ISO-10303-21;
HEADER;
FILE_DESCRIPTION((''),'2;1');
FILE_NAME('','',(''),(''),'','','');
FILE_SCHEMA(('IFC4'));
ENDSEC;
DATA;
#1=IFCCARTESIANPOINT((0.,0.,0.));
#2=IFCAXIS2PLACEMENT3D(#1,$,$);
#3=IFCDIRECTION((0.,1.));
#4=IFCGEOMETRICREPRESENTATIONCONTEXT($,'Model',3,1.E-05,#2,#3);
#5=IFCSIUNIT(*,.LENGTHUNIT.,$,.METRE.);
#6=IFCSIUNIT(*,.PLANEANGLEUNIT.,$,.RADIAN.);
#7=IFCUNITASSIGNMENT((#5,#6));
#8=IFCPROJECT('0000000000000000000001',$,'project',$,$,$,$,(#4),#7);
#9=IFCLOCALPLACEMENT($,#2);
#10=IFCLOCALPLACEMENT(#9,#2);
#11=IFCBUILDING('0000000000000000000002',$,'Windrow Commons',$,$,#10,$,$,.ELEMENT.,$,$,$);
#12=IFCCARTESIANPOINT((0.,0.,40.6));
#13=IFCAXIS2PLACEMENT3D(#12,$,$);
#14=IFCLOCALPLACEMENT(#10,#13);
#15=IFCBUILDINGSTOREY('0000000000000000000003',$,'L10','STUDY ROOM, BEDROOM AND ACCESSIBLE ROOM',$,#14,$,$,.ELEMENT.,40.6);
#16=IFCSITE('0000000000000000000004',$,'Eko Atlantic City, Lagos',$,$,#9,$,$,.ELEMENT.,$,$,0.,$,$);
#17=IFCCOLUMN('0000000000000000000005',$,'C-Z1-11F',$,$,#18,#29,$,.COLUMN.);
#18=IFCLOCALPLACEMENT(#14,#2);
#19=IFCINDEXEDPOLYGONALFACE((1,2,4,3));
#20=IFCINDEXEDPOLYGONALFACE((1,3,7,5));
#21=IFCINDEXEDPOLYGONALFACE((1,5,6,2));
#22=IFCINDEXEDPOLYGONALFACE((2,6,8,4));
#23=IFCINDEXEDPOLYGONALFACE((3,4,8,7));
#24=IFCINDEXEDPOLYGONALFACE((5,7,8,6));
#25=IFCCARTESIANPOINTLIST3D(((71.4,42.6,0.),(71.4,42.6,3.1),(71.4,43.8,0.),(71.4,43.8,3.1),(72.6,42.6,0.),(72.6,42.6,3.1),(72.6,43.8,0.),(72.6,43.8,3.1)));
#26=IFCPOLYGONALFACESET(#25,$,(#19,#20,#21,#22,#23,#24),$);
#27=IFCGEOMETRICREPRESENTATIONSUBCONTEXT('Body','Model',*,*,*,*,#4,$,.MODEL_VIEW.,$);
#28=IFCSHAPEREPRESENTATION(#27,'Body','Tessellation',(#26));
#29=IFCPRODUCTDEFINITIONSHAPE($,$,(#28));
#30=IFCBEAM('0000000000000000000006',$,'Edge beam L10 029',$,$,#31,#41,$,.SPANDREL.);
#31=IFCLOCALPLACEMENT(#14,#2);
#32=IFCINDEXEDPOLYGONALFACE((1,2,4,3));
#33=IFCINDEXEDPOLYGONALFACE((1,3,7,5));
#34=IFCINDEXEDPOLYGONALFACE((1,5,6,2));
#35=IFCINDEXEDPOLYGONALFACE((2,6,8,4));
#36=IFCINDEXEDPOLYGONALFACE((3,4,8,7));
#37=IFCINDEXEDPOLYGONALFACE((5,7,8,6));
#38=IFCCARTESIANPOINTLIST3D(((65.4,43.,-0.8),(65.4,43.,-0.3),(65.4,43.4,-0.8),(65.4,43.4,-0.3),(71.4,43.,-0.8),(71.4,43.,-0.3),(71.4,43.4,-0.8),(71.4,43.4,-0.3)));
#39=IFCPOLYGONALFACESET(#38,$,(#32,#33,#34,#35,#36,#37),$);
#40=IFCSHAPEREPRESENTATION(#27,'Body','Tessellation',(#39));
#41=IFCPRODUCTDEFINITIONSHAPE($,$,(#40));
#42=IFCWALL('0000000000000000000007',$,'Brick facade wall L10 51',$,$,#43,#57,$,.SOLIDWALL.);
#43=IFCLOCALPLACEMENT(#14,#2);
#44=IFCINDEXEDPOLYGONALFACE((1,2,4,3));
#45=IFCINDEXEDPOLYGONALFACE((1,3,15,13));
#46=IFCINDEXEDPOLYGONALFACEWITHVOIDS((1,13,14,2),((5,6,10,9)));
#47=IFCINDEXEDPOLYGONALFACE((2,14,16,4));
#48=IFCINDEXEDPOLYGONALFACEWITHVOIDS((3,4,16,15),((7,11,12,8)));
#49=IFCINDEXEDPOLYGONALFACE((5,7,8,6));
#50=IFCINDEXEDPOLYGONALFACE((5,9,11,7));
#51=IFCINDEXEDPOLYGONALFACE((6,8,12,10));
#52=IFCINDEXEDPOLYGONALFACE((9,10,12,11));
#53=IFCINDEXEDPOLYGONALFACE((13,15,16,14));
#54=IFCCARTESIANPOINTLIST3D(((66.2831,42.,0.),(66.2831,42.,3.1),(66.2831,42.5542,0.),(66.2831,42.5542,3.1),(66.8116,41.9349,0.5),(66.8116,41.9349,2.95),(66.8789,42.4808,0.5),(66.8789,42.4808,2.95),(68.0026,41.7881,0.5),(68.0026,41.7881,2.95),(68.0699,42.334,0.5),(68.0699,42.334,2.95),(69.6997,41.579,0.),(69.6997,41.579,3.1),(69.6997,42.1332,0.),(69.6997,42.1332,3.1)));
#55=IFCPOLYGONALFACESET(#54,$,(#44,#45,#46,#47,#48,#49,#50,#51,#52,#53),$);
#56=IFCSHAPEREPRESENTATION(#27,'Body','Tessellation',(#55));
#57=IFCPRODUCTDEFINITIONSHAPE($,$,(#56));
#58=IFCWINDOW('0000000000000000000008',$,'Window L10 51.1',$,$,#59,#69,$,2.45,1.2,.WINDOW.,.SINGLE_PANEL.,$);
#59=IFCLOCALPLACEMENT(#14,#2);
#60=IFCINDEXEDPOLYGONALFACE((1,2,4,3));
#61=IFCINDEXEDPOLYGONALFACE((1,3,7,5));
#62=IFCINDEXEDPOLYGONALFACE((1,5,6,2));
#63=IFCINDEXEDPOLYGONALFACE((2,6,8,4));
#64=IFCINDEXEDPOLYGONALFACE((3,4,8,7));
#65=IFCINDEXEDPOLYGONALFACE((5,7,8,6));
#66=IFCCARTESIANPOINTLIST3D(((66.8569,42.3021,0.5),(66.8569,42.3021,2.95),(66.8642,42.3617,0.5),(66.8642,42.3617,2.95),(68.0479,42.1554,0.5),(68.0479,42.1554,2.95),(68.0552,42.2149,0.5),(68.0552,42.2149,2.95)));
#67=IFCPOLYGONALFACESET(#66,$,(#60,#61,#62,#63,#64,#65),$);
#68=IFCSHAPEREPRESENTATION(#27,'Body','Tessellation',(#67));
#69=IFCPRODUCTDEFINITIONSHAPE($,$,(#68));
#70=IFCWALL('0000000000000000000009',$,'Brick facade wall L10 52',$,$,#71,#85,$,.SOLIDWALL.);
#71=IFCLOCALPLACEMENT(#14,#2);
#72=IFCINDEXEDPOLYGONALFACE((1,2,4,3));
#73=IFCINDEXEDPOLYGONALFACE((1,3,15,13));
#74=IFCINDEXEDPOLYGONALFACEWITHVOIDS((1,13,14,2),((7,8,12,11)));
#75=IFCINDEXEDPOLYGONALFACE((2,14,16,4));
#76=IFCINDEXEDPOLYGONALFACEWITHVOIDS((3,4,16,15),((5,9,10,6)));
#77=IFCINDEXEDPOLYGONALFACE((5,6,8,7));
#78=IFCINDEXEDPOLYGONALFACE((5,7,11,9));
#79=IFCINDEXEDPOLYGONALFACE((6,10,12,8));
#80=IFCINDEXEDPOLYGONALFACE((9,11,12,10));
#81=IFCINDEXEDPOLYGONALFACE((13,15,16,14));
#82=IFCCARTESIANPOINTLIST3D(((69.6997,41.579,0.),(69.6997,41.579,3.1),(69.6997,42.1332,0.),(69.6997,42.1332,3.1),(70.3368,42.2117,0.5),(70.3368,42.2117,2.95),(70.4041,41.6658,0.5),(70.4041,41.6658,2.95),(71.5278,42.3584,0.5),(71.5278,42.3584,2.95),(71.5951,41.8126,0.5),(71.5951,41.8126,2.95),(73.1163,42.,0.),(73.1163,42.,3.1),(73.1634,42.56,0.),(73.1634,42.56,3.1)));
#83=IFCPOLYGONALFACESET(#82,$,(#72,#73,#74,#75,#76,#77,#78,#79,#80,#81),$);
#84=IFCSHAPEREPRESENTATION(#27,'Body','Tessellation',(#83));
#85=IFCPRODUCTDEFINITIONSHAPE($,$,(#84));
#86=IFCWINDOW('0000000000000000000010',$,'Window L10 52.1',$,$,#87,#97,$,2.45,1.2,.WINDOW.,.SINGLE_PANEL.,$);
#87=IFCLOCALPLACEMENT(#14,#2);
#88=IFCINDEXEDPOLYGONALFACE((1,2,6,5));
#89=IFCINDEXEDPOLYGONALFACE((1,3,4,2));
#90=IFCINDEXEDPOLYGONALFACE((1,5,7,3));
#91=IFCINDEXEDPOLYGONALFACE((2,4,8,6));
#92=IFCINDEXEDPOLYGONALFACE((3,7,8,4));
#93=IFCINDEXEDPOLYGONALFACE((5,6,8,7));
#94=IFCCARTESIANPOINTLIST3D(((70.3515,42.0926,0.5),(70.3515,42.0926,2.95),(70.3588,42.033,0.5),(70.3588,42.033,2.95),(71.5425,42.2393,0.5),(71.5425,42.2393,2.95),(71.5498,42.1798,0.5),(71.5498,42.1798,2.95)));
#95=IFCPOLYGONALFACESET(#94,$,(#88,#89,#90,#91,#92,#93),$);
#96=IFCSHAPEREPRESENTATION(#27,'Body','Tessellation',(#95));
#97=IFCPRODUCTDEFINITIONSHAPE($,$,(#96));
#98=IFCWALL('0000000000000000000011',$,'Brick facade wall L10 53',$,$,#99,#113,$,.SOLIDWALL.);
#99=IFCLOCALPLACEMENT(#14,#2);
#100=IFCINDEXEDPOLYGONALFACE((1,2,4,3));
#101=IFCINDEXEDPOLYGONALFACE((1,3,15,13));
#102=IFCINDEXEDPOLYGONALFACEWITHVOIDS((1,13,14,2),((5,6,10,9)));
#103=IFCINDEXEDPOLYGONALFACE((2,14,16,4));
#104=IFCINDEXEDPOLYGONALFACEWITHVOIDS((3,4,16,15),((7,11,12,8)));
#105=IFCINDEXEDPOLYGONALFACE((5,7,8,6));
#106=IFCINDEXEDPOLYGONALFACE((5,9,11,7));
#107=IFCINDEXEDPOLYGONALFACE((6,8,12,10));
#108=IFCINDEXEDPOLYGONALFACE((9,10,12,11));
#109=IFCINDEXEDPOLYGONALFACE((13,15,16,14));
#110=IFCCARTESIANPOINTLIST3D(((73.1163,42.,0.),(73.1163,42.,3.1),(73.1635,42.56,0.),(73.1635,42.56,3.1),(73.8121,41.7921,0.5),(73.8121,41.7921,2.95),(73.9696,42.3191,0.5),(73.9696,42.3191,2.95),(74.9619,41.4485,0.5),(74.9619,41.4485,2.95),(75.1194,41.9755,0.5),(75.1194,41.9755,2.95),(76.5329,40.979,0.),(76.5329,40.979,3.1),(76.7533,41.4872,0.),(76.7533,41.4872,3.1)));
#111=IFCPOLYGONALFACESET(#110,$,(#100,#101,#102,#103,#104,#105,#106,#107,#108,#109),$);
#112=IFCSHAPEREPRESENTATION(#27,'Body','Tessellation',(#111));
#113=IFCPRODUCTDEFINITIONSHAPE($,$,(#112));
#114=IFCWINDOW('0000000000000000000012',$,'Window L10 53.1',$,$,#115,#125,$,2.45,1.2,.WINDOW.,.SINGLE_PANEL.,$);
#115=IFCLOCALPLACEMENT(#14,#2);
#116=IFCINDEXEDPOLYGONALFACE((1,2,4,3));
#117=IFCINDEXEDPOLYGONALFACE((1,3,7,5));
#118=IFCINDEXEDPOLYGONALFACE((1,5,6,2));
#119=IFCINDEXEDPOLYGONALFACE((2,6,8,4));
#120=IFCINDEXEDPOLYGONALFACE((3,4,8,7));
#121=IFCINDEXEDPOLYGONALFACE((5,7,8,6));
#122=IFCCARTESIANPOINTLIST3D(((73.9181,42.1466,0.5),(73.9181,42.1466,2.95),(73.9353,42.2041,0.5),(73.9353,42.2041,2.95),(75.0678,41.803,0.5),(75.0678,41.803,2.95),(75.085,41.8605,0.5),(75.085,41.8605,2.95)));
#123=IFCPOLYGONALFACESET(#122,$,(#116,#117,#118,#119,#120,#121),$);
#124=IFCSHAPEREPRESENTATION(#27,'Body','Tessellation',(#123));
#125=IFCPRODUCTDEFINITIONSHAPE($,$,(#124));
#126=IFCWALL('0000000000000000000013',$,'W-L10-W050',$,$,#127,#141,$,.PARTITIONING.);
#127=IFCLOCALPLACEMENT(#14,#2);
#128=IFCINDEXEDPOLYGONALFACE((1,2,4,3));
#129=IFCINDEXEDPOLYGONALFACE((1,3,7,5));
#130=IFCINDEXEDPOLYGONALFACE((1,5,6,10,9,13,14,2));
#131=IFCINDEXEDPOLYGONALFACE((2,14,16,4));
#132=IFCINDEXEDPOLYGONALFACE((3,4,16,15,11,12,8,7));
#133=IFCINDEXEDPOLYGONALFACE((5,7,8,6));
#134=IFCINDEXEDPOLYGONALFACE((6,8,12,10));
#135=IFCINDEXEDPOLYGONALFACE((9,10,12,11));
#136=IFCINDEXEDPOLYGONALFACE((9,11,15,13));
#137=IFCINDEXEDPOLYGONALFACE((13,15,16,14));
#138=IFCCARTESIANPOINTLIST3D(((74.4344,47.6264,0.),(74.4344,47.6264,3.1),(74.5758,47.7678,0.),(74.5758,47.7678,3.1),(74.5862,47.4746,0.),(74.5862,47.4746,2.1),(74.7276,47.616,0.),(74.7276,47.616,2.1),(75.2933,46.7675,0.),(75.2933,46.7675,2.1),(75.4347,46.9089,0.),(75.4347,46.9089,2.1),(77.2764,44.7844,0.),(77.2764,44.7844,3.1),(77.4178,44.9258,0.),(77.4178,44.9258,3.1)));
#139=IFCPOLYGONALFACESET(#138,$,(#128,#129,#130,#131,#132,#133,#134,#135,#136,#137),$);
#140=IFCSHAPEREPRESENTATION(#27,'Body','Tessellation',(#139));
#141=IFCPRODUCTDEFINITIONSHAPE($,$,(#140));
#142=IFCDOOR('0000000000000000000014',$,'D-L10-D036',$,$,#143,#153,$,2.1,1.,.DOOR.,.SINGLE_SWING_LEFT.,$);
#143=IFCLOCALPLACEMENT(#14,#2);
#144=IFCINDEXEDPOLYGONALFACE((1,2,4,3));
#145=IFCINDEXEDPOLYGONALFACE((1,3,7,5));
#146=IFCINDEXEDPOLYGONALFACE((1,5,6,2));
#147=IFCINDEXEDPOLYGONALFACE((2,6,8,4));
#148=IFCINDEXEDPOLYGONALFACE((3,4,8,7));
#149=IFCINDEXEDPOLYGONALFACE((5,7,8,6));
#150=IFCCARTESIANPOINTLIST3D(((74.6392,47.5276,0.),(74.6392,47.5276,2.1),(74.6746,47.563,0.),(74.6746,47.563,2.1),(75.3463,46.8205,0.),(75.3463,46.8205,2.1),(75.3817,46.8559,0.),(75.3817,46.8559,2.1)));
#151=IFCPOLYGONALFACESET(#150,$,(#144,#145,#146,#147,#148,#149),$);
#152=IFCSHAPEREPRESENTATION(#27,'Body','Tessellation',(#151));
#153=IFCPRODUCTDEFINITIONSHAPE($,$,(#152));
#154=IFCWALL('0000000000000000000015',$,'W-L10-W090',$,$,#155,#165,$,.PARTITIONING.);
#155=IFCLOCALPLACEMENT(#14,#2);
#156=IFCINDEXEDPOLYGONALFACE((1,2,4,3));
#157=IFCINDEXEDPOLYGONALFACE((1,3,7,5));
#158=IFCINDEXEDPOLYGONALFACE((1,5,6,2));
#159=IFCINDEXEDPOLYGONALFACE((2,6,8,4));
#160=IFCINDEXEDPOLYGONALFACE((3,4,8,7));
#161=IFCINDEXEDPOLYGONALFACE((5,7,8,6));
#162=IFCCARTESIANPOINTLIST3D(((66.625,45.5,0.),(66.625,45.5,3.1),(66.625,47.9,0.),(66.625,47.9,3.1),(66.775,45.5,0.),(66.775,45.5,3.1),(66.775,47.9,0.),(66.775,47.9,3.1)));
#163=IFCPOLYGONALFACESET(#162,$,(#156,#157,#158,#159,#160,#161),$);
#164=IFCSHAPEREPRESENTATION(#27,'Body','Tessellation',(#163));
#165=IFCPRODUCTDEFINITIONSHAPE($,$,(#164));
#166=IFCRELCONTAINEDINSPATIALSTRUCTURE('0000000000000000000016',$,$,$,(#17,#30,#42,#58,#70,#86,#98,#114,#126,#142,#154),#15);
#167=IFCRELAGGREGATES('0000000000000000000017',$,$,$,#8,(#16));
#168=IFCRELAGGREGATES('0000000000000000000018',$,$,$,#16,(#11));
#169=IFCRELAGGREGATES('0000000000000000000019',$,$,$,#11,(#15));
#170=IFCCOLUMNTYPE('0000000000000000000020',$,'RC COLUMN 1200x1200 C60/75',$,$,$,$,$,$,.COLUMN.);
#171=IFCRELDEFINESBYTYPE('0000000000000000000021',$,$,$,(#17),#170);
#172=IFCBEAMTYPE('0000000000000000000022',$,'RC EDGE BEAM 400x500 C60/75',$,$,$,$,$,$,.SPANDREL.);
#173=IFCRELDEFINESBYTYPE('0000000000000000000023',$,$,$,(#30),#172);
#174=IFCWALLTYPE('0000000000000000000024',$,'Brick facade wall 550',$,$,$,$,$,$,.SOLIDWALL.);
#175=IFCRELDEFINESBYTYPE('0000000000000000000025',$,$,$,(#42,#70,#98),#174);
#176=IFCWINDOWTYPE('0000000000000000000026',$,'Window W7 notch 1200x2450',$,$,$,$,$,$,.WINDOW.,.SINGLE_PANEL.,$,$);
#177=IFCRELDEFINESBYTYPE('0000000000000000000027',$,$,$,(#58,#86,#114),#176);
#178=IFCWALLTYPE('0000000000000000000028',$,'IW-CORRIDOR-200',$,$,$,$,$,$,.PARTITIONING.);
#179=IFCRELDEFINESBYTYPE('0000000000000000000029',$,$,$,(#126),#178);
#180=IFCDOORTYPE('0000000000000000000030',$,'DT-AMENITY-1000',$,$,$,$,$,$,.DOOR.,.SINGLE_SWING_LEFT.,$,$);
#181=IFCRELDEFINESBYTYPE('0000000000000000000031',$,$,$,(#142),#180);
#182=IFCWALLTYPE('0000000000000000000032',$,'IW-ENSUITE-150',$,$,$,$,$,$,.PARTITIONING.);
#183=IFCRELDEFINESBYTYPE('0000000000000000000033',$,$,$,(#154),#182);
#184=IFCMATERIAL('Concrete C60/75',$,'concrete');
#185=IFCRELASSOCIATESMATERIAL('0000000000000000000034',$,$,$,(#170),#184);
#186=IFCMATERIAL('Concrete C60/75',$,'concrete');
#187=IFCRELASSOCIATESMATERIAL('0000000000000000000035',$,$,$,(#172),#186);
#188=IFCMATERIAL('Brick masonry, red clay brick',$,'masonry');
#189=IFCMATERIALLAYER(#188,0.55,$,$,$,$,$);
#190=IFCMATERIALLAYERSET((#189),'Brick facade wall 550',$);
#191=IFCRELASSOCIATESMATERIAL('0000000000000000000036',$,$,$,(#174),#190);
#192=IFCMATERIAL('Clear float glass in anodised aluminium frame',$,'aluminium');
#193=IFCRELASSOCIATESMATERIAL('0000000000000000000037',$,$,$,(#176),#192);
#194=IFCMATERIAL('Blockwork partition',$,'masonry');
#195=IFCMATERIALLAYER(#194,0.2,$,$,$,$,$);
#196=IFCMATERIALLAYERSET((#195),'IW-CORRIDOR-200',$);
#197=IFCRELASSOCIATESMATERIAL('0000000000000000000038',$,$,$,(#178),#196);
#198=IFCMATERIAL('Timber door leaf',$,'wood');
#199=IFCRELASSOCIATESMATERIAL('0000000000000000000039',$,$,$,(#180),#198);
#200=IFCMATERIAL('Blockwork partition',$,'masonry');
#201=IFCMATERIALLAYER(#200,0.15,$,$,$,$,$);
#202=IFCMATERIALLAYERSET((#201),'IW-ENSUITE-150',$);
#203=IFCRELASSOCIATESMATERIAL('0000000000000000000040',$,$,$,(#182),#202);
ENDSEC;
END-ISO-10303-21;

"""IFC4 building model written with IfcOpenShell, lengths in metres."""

from ifc_helpers import new_model, si_unit, direction, frame, frame_2d, origin, origin_2d, place, context, subcontext, project, spatial, polyline, rectangle, outline, extrude, material, layer, layer_set, material_profile, profile_set, type_object, element, fill, save


model = new_model("IFC4")

# Units and contexts
model_context = context("Model", 3, precision=1e-05, world=origin(), true_north=direction((0.0, 1.0)))
body_context = subcontext(model_context, "Body", "Model", "MODEL_VIEW")
ifc_project = project(units=[si_unit("LENGTHUNIT", "METRE"), si_unit("PLANEANGLEUNIT", "RADIAN")], contexts=[model_context])

# Site, building, storey
site_placement = place(None, origin())
site = spatial("IfcSite", under=ifc_project, at=site_placement, Name="Eko Atlantic City, Lagos", CompositionType="ELEMENT", RefElevation=0.0)
building_placement = place(site_placement, origin())
building = spatial("IfcBuilding", under=site, at=building_placement, Name="Windrow Commons", CompositionType="ELEMENT")
storey_placement = place(building_placement, frame((0.0, 0.0, 40.6)))
storey = spatial("IfcBuildingStorey", under=building, at=storey_placement, Name="L10", Description="STUDY ROOM, BEDROOM AND ACCESSIBLE ROOM", CompositionType="ELEMENT", Elevation=40.6)

# Column
ifc_material_1 = material(Name="Concrete C60/75", Category="concrete")
ifc_material_profile_1 = material_profile(ifc_material_1, rectangle(XDim=1.2, YDim=1.2, at=origin_2d()))
ifc_profile_set_1 = profile_set([ifc_material_profile_1], Name="Concrete C60/75")
column_type = type_object("IfcColumnType", Name="RC COLUMN 1200x1200 C60/75", PredefinedType="COLUMN", material=ifc_profile_set_1)
column_placement = place(storey_placement, frame((72.0, 43.2, 0.0), z_axis=(0.0, 0.0, 1.0), x_axis=(1.0, 0.0, 0.0)))
element("IfcColumn", 1, at=column_placement, inside=storey, type_object=column_type, Name="C-Z1-11F", PredefinedType="COLUMN", context=body_context, shape_type="SweptSolid", body=[
    extrude(rectangle(XDim=1.2, YDim=1.2, at=origin_2d()), origin(), (0.0, 0.0, 1.0), 3.1),
])

# Beam
ifc_material_2 = material(Name="Concrete C60/75", Category="concrete")
ifc_material_profile_2 = material_profile(ifc_material_2, rectangle(XDim=0.4, YDim=0.5, at=origin_2d()))
ifc_profile_set_2 = profile_set([ifc_material_profile_2], Name="Concrete C60/75")
beam_type = type_object("IfcBeamType", Name="RC EDGE BEAM 400x500 C60/75", PredefinedType="SPANDREL", material=ifc_profile_set_2)
beam_placement = place(storey_placement, frame((71.4, 43.2, -0.55), z_axis=(-1.0, 0.0, 0.0), x_axis=(0.0, -1.0, 0.0)))
element("IfcBeam", 2, at=beam_placement, inside=storey, type_object=beam_type, Name="Edge beam L10 029", PredefinedType="SPANDREL", context=body_context, shape_type="SweptSolid", body=[
    extrude(rectangle(XDim=0.4, YDim=0.5, at=origin_2d()), origin(), (0.0, 0.0, 1.0), 6.0),
])

# Walls, openings, windows
ifc_material_3 = material(Name="Brick masonry, red clay brick", Category="masonry")
ifc_layer_1 = layer(ifc_material_3, 0.55)
ifc_layer_set_1 = layer_set([ifc_layer_1], Name="Brick facade wall 550")
wall_type_1 = type_object("IfcWallType", Name="Brick facade wall 550", PredefinedType="SOLIDWALL", material=ifc_layer_set_1)
wall_1_placement = place(storey_placement, frame((66.2831, 42.2771, 0.0), z_axis=(0.0, 0.0, 1.0), x_axis=(0.992494, -0.122297, 0.0)))
wall_1 = element("IfcWall", 3, at=wall_1_placement, inside=storey, type_object=wall_type_1, Name="Brick facade wall L10 51", PredefinedType="SOLIDWALL", context=body_context, shape_type="SweptSolid", body=[
    extrude(outline(polyline([(0.0339, -0.275), (3.4763, -0.275), (3.4086, 0.275), (-0.0339, 0.275), (0.0339, -0.275)])), origin(), (0.0, 0.0, 1.0), 3.1),
])
opening_1_placement = place(wall_1_placement, frame((0.5664, 0.0, 0.5)))
opening_1 = element("IfcOpeningElement", 4, at=opening_1_placement, cuts=wall_1, PredefinedType="OPENING", context=body_context, shape_type="SweptSolid", body=[
    extrude(rectangle(XDim=1.2, YDim=2.45, at=frame_2d((0.6, 1.225))), frame((0.0, 0.285, 0.0), z_axis=(0.0, -1.0, 0.0), x_axis=(1.0, 0.0, 0.0)), (0.0, 0.0, 1.0), 0.57),
])
ifc_material_4 = material(Name="Clear float glass in anodised aluminium frame", Category="aluminium")
window_type = type_object("IfcWindowType", Name="Window W7 notch 1200x2450", PartitioningType="SINGLE_PANEL", PredefinedType="WINDOW", material=ifc_material_4)
window_1_placement = place(opening_1_placement, origin())
window_1 = element("IfcWindow", 5, at=window_1_placement, inside=storey, type_object=window_type, Name="Window L10 51.1", OverallHeight=2.45, OverallWidth=1.2, PartitioningType="SINGLE_PANEL", PredefinedType="WINDOW", context=body_context, shape_type="SweptSolid", body=[
    extrude(rectangle(XDim=1.2, YDim=2.45, at=frame_2d((0.6, 1.225))), frame((0.0, 0.155, 0.0), z_axis=(0.0, -1.0, 0.0), x_axis=(1.0, 0.0, 0.0)), (0.0, 0.0, 1.0), 0.06),
])
fill(opening_1, window_1)
wall_2_placement = place(storey_placement, frame((69.6997, 41.8561, 0.0), z_axis=(0.0, 0.0, 1.0), x_axis=(0.992494, 0.122295, 0.0)))
wall_2 = element("IfcWall", 6, at=wall_2_placement, inside=storey, type_object=wall_type_1, Name="Brick facade wall L10 52", PredefinedType="SOLIDWALL", context=body_context, shape_type="SweptSolid", body=[
    extrude(outline(polyline([(-0.0339, -0.275), (3.4086, -0.275), (3.5238, 0.275), (0.0339, 0.275), (-0.0339, -0.275)])), origin(), (0.0, 0.0, 1.0), 3.1),
])
opening_2_placement = place(wall_2_placement, frame((0.6758, 0.0, 0.5)))
opening_2 = element("IfcOpeningElement", 7, at=opening_2_placement, cuts=wall_2, PredefinedType="OPENING", context=body_context, shape_type="SweptSolid", body=[
    extrude(rectangle(XDim=1.2, YDim=2.45, at=frame_2d((0.6, 1.225))), frame((0.0, 0.285, 0.0), z_axis=(0.0, -1.0, 0.0), x_axis=(1.0, 0.0, 0.0)), (0.0, 0.0, 1.0), 0.57),
])
window_2_placement = place(opening_2_placement, origin())
window_2 = element("IfcWindow", 8, at=window_2_placement, inside=storey, type_object=window_type, Name="Window L10 52.1", OverallHeight=2.45, OverallWidth=1.2, PartitioningType="SINGLE_PANEL", PredefinedType="WINDOW", context=body_context, shape_type="SweptSolid", body=[
    extrude(rectangle(XDim=1.2, YDim=2.45, at=frame_2d((0.6, 1.225))), frame((0.0, 0.155, 0.0), z_axis=(0.0, -1.0, 0.0), x_axis=(1.0, 0.0, 0.0)), (0.0, 0.0, 1.0), 0.06),
])
fill(opening_2, window_2)
wall_3_placement = place(storey_placement, frame((73.1399, 42.28, 0.0), z_axis=(0.0, 0.0, 1.0), x_axis=(0.958131, -0.286329, 0.0)))
wall_3 = element("IfcWall", 9, at=wall_3_placement, inside=storey, type_object=wall_type_1, Name="Brick facade wall L10 53", PredefinedType="SOLIDWALL", context=body_context, shape_type="SweptSolid", body=[
    extrude(outline(polyline([(0.0576, -0.275), (3.6235, -0.275), (3.6891, 0.275), (-0.0576, 0.275), (0.0576, -0.275)])), origin(), (0.0, 0.0, 1.0), 3.1),
])
opening_3_placement = place(wall_3_placement, frame((0.7838, 0.0, 0.5)))
opening_3 = element("IfcOpeningElement", 10, at=opening_3_placement, cuts=wall_3, PredefinedType="OPENING", context=body_context, shape_type="SweptSolid", body=[
    extrude(rectangle(XDim=1.2, YDim=2.45, at=frame_2d((0.6, 1.225))), frame((0.0, 0.285, 0.0), z_axis=(0.0, -1.0, 0.0), x_axis=(1.0, 0.0, 0.0)), (0.0, 0.0, 1.0), 0.57),
])
window_3_placement = place(opening_3_placement, origin())
window_3 = element("IfcWindow", 11, at=window_3_placement, inside=storey, type_object=window_type, Name="Window L10 53.1", OverallHeight=2.45, OverallWidth=1.2, PartitioningType="SINGLE_PANEL", PredefinedType="WINDOW", context=body_context, shape_type="SweptSolid", body=[
    extrude(rectangle(XDim=1.2, YDim=2.45, at=frame_2d((0.6, 1.225))), frame((0.0, 0.155, 0.0), z_axis=(0.0, -1.0, 0.0), x_axis=(1.0, 0.0, 0.0)), (0.0, 0.0, 1.0), 0.06),
])
fill(opening_3, window_3)

# Wall, opening, door
ifc_material_5 = material(Name="Blockwork partition", Category="masonry")
ifc_layer_2 = layer(ifc_material_5, 0.2)
ifc_layer_set_2 = layer_set([ifc_layer_2], Name="IW-CORRIDOR-200")
wall_type_2 = type_object("IfcWallType", Name="IW-CORRIDOR-200", PredefinedType="PARTITIONING", material=ifc_layer_set_2)
wall_4_placement = place(storey_placement, frame((74.5051, 47.6971, 0.0), z_axis=(0.0, 0.0, 1.0), x_axis=(0.707107, -0.707107, 0.0)))
wall_4 = element("IfcWall", 12, at=wall_4_placement, inside=storey, type_object=wall_type_2, Name="W-L10-W050", PredefinedType="PARTITIONING", context=body_context, shape_type="SweptSolid", body=[
    extrude(rectangle(XDim=4.0192, YDim=0.2, at=frame_2d((2.0096, 0.0))), origin(), (0.0, 0.0, 1.0), 3.1),
])
opening_4_placement = place(wall_4_placement, frame((0.2147, 0.0, 0.0)))
opening_4 = element("IfcOpeningElement", 13, at=opening_4_placement, cuts=wall_4, PredefinedType="OPENING", context=body_context, shape_type="SweptSolid", body=[
    extrude(rectangle(XDim=1.0, YDim=2.1, at=frame_2d((0.5, 1.05))), frame((0.0, 0.11, 0.0), z_axis=(0.0, -1.0, 0.0), x_axis=(1.0, 0.0, 0.0)), (0.0, 0.0, 1.0), 0.22),
])
ifc_material_6 = material(Name="Timber door leaf", Category="wood")
door_type_1 = type_object("IfcDoorType", Name="DT-AMENITY-1000", OperationType="SINGLE_SWING_LEFT", PredefinedType="DOOR", material=ifc_material_6)
door_1_placement = place(opening_4_placement, origin())
door_1 = element("IfcDoor", 14, at=door_1_placement, inside=storey, type_object=door_type_1, Name="D-L10-D036", OperationType="SINGLE_SWING_LEFT", OverallHeight=2.1, OverallWidth=1.0, PredefinedType="DOOR", context=body_context, shape_type="SweptSolid", body=[
    extrude(rectangle(XDim=1.0, YDim=2.1, at=frame_2d((0.5, 1.05))), frame((0.0, 0.025, 0.0), z_axis=(0.0, -1.0, 0.0), x_axis=(1.0, 0.0, 0.0)), (0.0, 0.0, 1.0), 0.05),
])
fill(opening_4, door_1)

# Wall
ifc_material_7 = material(Name="Blockwork partition", Category="masonry")
ifc_layer_3 = layer(ifc_material_7, 0.15)
ifc_layer_set_3 = layer_set([ifc_layer_3], Name="IW-ENSUITE-150")
wall_type_3 = type_object("IfcWallType", Name="IW-ENSUITE-150", PredefinedType="PARTITIONING", material=ifc_layer_set_3)
for number, where, z_axis, x_axis, name in (
    (15, (66.7, 45.5, 0.0), (0.0, 0.0, 1.0), (0.0, 1.0, 0.0), "W-L10-W090"),
):
    element("IfcWall", number, at=place(storey_placement, frame(where, z_axis=z_axis, x_axis=x_axis)), inside=storey, type_object=wall_type_3, Name=name, PredefinedType="PARTITIONING", context=body_context, shape_type="SweptSolid", body=[
        extrude(rectangle(XDim=2.4, YDim=0.15, at=frame_2d((1.2, 0.0))), origin(), (0.0, 0.0, 1.0), 3.1),
    ])

save(model, "model.ifc")
